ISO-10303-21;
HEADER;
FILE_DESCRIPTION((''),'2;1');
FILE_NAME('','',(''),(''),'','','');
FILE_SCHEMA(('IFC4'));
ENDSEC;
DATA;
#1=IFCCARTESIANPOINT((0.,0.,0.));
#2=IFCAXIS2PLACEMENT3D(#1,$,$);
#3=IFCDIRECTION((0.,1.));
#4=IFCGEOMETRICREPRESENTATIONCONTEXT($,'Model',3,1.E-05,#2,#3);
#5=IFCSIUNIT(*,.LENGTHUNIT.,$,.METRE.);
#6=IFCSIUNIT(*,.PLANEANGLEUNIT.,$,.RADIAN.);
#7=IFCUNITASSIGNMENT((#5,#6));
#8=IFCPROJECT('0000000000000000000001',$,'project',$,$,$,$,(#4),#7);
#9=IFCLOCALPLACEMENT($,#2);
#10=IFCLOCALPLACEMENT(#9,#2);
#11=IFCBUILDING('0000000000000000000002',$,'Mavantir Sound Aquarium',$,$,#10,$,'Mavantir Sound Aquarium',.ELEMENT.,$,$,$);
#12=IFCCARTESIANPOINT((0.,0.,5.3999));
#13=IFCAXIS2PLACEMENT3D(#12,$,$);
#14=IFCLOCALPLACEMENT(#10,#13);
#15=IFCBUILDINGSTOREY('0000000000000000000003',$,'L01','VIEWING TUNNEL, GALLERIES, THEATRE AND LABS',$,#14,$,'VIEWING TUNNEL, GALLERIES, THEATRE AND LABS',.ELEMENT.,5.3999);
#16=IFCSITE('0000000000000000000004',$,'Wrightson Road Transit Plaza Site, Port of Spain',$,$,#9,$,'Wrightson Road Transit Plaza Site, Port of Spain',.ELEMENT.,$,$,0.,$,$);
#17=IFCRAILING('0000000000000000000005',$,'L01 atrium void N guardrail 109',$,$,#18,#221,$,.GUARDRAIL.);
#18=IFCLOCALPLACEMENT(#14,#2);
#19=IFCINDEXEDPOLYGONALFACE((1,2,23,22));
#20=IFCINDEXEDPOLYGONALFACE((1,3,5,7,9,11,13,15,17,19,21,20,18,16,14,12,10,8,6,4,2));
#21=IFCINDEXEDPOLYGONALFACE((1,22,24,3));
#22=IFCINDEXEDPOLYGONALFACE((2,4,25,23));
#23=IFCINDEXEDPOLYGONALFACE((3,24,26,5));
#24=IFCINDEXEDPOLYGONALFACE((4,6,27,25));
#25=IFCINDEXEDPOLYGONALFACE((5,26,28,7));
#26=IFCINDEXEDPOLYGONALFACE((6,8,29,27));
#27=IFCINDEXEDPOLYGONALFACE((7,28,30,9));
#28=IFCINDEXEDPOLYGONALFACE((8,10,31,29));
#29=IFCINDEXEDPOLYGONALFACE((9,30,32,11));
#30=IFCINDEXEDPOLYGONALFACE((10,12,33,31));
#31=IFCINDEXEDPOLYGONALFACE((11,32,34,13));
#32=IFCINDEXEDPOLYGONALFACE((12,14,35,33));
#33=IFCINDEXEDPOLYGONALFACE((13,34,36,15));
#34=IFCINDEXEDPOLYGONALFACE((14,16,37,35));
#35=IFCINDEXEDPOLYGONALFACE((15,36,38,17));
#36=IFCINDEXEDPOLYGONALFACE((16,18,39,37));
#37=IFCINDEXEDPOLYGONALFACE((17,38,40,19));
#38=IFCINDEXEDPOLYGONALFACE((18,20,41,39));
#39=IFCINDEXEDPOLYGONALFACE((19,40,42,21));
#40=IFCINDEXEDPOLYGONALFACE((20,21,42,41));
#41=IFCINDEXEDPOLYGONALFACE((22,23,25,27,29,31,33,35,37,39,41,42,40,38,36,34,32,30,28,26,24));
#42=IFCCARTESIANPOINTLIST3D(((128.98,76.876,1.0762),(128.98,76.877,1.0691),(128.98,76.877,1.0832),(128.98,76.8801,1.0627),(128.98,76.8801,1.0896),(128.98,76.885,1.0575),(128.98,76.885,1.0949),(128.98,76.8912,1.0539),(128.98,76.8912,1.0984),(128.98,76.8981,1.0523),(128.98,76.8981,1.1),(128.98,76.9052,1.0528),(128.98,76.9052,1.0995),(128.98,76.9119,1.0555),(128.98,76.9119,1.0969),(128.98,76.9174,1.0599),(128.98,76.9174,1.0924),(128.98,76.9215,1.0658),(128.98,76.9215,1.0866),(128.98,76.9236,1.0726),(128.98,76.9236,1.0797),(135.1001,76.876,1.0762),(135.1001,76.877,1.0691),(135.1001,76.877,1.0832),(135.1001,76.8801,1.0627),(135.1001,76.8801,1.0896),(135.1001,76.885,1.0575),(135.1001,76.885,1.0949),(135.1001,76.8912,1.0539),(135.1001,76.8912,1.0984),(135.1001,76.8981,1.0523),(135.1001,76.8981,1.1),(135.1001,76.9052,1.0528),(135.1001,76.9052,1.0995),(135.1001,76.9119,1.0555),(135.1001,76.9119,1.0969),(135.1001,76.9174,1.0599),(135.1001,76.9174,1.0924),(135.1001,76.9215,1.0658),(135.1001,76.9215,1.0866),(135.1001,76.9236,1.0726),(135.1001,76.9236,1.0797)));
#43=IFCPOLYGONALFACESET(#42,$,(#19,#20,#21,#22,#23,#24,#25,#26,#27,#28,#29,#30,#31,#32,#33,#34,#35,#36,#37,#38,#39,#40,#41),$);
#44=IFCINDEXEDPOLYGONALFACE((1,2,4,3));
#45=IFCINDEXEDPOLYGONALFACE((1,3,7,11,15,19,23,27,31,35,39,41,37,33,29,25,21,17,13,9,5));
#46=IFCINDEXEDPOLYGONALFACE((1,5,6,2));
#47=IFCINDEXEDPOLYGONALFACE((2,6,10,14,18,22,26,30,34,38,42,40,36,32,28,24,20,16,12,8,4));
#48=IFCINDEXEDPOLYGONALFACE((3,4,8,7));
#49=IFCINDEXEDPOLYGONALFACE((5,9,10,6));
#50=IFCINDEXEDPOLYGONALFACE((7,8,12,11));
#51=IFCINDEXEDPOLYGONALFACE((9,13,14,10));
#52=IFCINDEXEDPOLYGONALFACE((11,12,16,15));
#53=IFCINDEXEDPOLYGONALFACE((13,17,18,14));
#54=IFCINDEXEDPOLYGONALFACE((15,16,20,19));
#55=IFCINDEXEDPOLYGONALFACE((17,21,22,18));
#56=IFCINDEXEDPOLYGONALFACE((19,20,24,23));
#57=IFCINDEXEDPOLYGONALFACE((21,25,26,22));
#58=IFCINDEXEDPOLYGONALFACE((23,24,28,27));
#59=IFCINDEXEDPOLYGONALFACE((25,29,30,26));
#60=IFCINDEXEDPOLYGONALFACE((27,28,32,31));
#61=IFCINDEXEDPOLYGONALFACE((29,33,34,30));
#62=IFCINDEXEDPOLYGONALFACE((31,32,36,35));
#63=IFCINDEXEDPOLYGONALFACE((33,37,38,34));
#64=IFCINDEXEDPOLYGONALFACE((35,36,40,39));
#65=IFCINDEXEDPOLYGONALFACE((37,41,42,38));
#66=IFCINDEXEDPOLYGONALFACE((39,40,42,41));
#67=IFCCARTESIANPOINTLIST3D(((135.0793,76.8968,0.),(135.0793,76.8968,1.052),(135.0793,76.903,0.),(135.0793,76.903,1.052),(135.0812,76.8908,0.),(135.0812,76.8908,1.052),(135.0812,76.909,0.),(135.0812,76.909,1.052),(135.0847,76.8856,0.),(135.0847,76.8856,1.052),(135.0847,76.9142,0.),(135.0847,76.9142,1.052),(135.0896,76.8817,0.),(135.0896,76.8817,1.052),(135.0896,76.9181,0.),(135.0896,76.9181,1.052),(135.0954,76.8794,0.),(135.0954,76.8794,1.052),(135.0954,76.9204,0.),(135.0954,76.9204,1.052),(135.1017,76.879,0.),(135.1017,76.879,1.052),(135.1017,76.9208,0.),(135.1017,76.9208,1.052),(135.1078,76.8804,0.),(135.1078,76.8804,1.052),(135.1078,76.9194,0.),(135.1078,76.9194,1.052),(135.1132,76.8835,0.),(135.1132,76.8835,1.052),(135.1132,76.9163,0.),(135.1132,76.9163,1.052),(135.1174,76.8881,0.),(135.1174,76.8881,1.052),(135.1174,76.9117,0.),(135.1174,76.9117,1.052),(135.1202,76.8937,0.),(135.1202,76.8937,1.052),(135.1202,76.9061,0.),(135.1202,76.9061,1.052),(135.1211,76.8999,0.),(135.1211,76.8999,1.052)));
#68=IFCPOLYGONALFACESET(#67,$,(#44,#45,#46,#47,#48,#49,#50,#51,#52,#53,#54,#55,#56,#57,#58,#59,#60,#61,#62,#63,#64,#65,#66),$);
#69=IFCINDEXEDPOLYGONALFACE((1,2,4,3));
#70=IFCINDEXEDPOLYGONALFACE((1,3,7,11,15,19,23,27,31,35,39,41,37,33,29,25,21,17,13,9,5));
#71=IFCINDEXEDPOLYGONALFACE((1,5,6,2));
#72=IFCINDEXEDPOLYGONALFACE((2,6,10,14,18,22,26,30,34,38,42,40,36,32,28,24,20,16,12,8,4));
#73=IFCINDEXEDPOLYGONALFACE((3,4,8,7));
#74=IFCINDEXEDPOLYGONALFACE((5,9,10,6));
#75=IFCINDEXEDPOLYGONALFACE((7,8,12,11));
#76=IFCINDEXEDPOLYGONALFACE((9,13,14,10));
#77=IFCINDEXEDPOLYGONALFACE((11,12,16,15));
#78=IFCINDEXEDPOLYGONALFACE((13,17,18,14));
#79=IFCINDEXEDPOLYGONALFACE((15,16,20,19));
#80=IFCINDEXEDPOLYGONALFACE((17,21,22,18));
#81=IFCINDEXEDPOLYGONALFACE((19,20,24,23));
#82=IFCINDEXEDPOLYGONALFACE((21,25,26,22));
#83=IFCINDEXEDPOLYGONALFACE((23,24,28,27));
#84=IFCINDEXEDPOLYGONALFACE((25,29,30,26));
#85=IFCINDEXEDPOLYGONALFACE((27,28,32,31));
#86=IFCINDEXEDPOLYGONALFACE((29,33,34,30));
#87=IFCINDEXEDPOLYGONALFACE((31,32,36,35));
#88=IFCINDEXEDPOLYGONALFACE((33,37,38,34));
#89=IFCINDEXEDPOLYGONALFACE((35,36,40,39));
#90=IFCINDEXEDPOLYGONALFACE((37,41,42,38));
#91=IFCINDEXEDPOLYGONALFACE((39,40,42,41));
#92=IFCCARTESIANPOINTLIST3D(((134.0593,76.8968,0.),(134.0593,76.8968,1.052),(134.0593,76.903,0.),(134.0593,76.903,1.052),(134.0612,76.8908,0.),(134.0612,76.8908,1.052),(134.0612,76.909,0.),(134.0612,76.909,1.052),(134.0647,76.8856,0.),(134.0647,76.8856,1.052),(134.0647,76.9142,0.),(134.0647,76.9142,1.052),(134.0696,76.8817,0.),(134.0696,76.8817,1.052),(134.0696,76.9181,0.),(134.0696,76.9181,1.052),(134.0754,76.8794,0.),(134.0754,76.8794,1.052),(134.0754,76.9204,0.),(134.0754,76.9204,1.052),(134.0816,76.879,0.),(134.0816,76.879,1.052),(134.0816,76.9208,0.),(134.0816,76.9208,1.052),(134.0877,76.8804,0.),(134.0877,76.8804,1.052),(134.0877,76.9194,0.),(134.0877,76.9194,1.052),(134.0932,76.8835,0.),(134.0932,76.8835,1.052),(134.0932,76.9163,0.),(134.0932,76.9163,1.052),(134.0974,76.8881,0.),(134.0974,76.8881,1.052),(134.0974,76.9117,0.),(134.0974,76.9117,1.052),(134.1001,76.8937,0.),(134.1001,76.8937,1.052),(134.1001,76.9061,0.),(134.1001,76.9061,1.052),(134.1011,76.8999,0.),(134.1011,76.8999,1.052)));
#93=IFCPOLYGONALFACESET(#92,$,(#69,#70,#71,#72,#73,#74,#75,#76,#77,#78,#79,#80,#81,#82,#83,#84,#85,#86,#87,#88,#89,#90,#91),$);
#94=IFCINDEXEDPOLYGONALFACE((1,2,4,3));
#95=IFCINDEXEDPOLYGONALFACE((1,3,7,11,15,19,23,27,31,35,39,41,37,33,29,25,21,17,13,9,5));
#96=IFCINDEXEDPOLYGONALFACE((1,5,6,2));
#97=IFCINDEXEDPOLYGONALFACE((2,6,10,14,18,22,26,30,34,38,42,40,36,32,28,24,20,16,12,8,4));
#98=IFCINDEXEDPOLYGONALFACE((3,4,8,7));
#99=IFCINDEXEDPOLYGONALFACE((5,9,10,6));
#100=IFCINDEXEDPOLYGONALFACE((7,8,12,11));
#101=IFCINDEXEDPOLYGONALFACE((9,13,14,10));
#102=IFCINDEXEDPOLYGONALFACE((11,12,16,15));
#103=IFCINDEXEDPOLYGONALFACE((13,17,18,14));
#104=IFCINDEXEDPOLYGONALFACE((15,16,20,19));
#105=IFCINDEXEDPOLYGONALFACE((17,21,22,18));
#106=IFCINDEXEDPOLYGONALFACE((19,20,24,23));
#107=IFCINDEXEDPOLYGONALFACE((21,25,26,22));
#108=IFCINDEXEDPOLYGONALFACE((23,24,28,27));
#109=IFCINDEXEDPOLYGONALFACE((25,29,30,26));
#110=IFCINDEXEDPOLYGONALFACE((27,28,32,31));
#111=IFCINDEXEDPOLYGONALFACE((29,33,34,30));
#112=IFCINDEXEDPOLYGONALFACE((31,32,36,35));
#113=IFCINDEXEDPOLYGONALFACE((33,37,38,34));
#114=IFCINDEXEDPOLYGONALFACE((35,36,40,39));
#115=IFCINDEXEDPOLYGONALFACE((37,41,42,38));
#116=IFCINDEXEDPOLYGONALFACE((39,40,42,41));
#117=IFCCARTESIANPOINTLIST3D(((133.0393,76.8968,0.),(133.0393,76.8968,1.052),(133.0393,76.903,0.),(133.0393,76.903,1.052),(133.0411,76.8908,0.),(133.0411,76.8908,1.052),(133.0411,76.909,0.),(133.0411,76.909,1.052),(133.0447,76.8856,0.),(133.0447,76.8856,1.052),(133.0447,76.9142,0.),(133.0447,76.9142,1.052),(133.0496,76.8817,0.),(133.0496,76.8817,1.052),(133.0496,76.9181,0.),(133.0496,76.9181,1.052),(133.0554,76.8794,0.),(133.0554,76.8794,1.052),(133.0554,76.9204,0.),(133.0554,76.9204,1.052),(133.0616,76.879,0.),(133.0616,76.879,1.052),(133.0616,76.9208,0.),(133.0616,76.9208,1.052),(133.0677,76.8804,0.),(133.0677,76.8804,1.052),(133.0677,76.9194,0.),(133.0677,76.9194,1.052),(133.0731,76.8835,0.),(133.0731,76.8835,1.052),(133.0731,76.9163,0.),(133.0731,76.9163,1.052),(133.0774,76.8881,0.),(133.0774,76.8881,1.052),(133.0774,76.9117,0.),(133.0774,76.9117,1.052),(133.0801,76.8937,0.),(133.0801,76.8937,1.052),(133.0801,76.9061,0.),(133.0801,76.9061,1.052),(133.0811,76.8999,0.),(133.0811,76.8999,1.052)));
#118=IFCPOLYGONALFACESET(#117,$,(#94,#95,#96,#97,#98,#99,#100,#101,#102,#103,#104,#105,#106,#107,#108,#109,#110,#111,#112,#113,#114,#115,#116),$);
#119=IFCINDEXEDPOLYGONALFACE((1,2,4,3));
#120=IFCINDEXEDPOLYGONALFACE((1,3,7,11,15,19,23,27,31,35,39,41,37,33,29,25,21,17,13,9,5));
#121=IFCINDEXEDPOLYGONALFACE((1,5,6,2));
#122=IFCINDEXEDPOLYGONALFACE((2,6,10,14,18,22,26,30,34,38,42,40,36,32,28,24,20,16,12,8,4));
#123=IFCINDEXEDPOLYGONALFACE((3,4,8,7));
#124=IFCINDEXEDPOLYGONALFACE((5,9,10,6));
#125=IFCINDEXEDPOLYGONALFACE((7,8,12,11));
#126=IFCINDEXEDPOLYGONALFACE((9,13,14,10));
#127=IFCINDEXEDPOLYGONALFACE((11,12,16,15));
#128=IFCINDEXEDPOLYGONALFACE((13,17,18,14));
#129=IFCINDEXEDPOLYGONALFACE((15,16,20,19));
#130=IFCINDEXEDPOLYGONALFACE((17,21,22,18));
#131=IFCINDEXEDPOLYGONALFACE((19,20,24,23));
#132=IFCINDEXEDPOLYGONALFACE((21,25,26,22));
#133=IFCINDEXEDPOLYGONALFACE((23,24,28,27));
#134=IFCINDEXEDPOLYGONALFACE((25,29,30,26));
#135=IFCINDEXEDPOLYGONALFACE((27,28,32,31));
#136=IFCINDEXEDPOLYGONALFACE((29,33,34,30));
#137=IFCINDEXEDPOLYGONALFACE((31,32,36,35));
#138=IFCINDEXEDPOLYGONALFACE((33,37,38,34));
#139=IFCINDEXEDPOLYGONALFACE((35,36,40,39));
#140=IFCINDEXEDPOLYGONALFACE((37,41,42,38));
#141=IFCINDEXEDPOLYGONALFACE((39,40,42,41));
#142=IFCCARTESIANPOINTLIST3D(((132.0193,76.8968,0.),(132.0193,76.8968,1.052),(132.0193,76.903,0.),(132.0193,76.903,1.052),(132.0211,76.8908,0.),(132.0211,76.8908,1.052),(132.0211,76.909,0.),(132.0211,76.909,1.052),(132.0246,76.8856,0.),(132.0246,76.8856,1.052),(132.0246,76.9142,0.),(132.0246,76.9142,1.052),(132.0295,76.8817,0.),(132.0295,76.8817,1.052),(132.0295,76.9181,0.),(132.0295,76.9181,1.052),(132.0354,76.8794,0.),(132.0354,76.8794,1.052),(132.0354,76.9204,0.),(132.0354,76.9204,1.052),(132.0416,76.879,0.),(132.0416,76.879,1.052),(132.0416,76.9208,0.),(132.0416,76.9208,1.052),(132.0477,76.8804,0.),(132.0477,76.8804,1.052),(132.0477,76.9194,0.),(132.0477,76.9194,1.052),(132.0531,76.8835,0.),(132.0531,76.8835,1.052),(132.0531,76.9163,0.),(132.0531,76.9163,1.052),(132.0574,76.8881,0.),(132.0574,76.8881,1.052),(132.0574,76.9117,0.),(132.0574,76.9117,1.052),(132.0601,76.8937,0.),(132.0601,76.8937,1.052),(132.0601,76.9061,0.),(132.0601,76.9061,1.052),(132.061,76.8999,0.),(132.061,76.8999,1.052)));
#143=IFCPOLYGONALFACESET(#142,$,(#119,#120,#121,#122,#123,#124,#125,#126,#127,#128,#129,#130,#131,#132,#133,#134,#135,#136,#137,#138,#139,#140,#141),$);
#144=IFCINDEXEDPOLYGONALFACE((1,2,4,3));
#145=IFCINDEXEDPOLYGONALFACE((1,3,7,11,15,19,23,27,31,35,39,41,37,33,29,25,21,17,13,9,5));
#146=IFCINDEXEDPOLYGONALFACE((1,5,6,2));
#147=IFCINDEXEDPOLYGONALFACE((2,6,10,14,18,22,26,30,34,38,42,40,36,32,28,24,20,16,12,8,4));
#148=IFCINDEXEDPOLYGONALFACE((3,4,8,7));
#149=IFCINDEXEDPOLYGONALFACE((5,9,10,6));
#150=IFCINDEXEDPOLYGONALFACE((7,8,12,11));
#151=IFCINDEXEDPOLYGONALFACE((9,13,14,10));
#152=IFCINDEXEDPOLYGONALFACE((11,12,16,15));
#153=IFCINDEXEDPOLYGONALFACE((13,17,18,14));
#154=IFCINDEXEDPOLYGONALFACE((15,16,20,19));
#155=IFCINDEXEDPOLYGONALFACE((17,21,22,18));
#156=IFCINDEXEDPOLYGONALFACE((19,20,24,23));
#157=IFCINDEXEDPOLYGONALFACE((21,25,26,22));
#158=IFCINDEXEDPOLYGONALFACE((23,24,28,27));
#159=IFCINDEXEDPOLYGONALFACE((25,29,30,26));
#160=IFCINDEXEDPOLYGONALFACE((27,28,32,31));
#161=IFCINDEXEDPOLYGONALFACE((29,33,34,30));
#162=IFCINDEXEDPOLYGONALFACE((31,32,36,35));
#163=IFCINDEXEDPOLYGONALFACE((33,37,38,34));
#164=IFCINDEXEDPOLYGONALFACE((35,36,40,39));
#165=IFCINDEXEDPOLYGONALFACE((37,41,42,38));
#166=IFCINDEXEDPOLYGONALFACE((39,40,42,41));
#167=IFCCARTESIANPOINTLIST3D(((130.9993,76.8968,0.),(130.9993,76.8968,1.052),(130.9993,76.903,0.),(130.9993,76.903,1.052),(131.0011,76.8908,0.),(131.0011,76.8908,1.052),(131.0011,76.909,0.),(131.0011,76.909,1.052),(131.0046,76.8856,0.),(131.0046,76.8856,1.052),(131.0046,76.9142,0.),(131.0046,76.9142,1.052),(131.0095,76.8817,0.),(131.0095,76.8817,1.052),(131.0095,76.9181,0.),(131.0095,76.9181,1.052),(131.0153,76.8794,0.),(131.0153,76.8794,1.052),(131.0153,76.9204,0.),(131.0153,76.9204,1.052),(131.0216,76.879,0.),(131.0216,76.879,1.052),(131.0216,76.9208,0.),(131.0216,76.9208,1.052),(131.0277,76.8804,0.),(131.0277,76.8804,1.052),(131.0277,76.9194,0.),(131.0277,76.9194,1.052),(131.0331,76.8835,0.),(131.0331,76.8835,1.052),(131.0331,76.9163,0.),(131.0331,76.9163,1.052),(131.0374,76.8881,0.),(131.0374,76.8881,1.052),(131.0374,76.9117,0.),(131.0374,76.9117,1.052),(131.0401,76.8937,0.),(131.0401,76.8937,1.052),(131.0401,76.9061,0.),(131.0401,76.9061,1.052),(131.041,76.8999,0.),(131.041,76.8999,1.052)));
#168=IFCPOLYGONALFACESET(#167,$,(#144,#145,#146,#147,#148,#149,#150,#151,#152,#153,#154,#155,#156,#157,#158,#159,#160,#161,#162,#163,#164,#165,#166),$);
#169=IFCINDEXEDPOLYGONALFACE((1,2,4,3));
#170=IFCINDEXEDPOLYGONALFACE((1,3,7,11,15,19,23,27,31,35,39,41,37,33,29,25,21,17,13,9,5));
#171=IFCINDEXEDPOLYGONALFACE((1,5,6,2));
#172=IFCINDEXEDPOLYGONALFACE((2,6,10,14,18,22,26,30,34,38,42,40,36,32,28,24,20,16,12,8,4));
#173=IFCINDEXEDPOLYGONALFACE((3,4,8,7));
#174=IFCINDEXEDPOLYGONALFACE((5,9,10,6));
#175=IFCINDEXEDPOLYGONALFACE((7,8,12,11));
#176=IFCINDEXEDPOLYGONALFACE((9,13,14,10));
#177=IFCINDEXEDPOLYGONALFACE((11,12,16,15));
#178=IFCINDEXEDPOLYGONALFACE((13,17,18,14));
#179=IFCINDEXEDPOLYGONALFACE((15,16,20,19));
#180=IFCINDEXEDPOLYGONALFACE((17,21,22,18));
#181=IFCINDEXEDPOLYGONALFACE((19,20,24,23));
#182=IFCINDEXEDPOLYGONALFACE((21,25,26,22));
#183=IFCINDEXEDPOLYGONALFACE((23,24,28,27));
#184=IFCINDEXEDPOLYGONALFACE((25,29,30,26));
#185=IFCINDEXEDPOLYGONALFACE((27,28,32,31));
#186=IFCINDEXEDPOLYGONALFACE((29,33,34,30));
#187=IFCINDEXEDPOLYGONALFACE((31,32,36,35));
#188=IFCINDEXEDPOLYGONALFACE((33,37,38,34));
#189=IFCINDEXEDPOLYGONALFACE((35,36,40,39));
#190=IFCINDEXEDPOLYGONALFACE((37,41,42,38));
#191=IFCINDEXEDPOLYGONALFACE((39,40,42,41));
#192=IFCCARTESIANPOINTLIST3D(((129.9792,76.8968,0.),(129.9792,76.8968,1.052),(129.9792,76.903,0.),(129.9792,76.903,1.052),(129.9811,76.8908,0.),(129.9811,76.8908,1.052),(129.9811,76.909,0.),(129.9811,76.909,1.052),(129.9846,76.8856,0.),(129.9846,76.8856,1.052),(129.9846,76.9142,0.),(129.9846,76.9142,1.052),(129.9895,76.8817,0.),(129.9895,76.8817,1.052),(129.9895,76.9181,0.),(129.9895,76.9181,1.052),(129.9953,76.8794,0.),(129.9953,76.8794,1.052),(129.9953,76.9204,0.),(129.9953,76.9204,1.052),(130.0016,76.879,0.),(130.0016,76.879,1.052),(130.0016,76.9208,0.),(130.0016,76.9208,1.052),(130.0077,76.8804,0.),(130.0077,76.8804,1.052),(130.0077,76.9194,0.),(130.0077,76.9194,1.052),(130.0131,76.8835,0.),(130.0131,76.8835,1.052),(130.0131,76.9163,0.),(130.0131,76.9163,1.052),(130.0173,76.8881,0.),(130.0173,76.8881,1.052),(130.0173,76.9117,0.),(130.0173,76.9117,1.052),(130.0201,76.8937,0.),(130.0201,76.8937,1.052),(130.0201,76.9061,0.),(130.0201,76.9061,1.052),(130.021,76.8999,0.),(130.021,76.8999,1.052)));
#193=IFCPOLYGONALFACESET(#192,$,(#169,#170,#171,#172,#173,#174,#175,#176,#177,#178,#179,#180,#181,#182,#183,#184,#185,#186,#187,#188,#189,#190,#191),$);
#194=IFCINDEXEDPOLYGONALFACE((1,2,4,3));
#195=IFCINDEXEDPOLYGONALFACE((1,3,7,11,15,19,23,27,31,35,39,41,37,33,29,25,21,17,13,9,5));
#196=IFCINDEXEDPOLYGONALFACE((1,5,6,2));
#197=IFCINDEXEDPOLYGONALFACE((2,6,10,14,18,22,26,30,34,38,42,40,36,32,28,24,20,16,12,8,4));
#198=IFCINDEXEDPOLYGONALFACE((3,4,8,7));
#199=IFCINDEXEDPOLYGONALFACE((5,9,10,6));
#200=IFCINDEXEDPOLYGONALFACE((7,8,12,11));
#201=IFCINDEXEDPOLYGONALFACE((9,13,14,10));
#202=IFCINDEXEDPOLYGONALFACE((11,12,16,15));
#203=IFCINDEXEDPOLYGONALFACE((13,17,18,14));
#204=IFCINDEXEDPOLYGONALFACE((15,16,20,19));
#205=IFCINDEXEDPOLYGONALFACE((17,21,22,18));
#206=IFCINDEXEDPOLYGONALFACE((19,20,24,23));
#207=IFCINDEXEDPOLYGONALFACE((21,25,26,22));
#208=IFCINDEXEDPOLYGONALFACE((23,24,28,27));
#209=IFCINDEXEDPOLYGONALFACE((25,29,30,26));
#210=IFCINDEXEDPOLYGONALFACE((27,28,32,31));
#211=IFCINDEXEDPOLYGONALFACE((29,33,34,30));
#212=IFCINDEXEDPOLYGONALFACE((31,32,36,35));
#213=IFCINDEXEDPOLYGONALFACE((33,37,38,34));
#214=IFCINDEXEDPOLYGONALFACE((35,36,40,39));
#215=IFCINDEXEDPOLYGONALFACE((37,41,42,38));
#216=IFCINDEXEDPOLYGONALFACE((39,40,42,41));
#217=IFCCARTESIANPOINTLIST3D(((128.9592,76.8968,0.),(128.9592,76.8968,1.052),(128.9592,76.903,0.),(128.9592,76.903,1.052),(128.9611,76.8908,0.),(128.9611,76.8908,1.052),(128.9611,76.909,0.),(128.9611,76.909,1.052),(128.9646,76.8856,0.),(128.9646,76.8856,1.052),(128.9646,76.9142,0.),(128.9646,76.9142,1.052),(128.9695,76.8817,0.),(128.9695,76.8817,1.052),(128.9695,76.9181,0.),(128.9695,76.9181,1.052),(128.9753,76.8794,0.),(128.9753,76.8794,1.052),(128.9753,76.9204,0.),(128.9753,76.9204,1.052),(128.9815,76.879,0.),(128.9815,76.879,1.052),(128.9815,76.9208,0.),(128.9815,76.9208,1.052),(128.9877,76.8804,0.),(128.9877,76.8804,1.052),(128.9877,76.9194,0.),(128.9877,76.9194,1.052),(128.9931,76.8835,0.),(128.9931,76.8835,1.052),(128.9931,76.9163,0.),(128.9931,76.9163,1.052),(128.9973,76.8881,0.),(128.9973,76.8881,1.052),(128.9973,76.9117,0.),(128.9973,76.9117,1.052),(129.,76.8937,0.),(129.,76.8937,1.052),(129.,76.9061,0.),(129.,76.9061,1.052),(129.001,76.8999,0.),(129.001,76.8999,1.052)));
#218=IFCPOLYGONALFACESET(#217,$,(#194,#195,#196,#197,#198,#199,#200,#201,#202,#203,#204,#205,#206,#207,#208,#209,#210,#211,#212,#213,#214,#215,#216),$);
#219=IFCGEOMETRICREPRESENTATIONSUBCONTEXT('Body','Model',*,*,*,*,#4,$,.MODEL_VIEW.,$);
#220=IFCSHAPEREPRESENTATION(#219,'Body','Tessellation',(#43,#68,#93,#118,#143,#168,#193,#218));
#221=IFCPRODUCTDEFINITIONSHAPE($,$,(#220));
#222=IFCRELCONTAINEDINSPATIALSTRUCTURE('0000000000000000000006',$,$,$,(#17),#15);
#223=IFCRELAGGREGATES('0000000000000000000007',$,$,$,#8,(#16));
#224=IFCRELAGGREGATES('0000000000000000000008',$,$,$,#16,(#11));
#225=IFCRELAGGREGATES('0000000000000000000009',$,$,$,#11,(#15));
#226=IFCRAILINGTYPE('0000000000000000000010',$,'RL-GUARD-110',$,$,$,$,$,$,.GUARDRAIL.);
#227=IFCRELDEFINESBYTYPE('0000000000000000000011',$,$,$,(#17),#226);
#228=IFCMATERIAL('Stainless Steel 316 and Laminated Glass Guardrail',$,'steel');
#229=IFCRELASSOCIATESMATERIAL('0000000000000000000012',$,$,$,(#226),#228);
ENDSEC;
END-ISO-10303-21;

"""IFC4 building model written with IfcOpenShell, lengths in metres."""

from ifc_helpers import new_model, si_unit, direction, frame, origin, origin_2d, place, context, subcontext, project, spatial, circle, extrude, material, type_object, element, save


model = new_model("IFC4")

# Units and contexts
model_context = context("Model", 3, precision=1e-05, world=origin(), true_north=direction((0.0, 1.0)))
body_context = subcontext(model_context, "Body", "Model", "MODEL_VIEW")
ifc_project = project(units=[si_unit("LENGTHUNIT", "METRE"), si_unit("PLANEANGLEUNIT", "RADIAN")], contexts=[model_context])

# Site, building, storey
site_placement = place(None, origin())
site = spatial("IfcSite", under=ifc_project, at=site_placement, Name="Wrightson Road Transit Plaza Site, Port of Spain", LongName="Wrightson Road Transit Plaza Site, Port of Spain", CompositionType="ELEMENT", RefElevation=0.0)
building_placement = place(site_placement, origin())
building = spatial("IfcBuilding", under=site, at=building_placement, Name="Mavantir Sound Aquarium", LongName="Mavantir Sound Aquarium", CompositionType="ELEMENT")
storey_placement = place(building_placement, frame((0.0, 0.0, 5.3999)))
storey = spatial("IfcBuildingStorey", under=building, at=storey_placement, Name="L01", Description="VIEWING TUNNEL, GALLERIES, THEATRE AND LABS", LongName="VIEWING TUNNEL, GALLERIES, THEATRE AND LABS", CompositionType="ELEMENT", Elevation=5.3999)

# Railing
ifc_material_1 = material(Name="Stainless Steel 316 and Laminated Glass Guardrail", Category="steel")
railing_type = type_object("IfcRailingType", Name="RL-GUARD-110", PredefinedType="GUARDRAIL", material=ifc_material_1)
railing_1_placement = place(storey_placement, frame((135.1001, 76.8999, 0.0)))
element("IfcRailing", 1, at=railing_1_placement, inside=storey, type_object=railing_type, Name="L01 atrium void N guardrail 109", PredefinedType="GUARDRAIL", context=body_context, shape_type="SweptSolid", body=[
    extrude(circle(Radius=0.0239, at=origin_2d()), frame((0.0, 0.0, 1.0762), z_axis=(-1.0, 0.0, 0.0), x_axis=(0.0, -1.0, 0.0)), (0.0, 0.0, 1.0), 6.1201),
    extrude(circle(Radius=0.021, at=origin_2d()), origin(), (0.0, 0.0, 1.0), 1.052),
    extrude(circle(Radius=0.021, at=origin_2d()), frame((-1.02, 0.0, 0.0)), (0.0, 0.0, 1.0), 1.052),
    extrude(circle(Radius=0.021, at=origin_2d()), frame((-2.04, 0.0, 0.0)), (0.0, 0.0, 1.0), 1.052),
    extrude(circle(Radius=0.021, at=origin_2d()), frame((-3.0601, 0.0, 0.0)), (0.0, 0.0, 1.0), 1.052),
    extrude(circle(Radius=0.021, at=origin_2d()), frame((-4.0801, 0.0, 0.0)), (0.0, 0.0, 1.0), 1.052),
    extrude(circle(Radius=0.021, at=origin_2d()), frame((-5.1001, 0.0, 0.0)), (0.0, 0.0, 1.0), 1.052),
    extrude(circle(Radius=0.021, at=origin_2d()), frame((-6.1201, 0.0, 0.0)), (0.0, 0.0, 1.0), 1.052),
])

save(model, "model.ifc")
